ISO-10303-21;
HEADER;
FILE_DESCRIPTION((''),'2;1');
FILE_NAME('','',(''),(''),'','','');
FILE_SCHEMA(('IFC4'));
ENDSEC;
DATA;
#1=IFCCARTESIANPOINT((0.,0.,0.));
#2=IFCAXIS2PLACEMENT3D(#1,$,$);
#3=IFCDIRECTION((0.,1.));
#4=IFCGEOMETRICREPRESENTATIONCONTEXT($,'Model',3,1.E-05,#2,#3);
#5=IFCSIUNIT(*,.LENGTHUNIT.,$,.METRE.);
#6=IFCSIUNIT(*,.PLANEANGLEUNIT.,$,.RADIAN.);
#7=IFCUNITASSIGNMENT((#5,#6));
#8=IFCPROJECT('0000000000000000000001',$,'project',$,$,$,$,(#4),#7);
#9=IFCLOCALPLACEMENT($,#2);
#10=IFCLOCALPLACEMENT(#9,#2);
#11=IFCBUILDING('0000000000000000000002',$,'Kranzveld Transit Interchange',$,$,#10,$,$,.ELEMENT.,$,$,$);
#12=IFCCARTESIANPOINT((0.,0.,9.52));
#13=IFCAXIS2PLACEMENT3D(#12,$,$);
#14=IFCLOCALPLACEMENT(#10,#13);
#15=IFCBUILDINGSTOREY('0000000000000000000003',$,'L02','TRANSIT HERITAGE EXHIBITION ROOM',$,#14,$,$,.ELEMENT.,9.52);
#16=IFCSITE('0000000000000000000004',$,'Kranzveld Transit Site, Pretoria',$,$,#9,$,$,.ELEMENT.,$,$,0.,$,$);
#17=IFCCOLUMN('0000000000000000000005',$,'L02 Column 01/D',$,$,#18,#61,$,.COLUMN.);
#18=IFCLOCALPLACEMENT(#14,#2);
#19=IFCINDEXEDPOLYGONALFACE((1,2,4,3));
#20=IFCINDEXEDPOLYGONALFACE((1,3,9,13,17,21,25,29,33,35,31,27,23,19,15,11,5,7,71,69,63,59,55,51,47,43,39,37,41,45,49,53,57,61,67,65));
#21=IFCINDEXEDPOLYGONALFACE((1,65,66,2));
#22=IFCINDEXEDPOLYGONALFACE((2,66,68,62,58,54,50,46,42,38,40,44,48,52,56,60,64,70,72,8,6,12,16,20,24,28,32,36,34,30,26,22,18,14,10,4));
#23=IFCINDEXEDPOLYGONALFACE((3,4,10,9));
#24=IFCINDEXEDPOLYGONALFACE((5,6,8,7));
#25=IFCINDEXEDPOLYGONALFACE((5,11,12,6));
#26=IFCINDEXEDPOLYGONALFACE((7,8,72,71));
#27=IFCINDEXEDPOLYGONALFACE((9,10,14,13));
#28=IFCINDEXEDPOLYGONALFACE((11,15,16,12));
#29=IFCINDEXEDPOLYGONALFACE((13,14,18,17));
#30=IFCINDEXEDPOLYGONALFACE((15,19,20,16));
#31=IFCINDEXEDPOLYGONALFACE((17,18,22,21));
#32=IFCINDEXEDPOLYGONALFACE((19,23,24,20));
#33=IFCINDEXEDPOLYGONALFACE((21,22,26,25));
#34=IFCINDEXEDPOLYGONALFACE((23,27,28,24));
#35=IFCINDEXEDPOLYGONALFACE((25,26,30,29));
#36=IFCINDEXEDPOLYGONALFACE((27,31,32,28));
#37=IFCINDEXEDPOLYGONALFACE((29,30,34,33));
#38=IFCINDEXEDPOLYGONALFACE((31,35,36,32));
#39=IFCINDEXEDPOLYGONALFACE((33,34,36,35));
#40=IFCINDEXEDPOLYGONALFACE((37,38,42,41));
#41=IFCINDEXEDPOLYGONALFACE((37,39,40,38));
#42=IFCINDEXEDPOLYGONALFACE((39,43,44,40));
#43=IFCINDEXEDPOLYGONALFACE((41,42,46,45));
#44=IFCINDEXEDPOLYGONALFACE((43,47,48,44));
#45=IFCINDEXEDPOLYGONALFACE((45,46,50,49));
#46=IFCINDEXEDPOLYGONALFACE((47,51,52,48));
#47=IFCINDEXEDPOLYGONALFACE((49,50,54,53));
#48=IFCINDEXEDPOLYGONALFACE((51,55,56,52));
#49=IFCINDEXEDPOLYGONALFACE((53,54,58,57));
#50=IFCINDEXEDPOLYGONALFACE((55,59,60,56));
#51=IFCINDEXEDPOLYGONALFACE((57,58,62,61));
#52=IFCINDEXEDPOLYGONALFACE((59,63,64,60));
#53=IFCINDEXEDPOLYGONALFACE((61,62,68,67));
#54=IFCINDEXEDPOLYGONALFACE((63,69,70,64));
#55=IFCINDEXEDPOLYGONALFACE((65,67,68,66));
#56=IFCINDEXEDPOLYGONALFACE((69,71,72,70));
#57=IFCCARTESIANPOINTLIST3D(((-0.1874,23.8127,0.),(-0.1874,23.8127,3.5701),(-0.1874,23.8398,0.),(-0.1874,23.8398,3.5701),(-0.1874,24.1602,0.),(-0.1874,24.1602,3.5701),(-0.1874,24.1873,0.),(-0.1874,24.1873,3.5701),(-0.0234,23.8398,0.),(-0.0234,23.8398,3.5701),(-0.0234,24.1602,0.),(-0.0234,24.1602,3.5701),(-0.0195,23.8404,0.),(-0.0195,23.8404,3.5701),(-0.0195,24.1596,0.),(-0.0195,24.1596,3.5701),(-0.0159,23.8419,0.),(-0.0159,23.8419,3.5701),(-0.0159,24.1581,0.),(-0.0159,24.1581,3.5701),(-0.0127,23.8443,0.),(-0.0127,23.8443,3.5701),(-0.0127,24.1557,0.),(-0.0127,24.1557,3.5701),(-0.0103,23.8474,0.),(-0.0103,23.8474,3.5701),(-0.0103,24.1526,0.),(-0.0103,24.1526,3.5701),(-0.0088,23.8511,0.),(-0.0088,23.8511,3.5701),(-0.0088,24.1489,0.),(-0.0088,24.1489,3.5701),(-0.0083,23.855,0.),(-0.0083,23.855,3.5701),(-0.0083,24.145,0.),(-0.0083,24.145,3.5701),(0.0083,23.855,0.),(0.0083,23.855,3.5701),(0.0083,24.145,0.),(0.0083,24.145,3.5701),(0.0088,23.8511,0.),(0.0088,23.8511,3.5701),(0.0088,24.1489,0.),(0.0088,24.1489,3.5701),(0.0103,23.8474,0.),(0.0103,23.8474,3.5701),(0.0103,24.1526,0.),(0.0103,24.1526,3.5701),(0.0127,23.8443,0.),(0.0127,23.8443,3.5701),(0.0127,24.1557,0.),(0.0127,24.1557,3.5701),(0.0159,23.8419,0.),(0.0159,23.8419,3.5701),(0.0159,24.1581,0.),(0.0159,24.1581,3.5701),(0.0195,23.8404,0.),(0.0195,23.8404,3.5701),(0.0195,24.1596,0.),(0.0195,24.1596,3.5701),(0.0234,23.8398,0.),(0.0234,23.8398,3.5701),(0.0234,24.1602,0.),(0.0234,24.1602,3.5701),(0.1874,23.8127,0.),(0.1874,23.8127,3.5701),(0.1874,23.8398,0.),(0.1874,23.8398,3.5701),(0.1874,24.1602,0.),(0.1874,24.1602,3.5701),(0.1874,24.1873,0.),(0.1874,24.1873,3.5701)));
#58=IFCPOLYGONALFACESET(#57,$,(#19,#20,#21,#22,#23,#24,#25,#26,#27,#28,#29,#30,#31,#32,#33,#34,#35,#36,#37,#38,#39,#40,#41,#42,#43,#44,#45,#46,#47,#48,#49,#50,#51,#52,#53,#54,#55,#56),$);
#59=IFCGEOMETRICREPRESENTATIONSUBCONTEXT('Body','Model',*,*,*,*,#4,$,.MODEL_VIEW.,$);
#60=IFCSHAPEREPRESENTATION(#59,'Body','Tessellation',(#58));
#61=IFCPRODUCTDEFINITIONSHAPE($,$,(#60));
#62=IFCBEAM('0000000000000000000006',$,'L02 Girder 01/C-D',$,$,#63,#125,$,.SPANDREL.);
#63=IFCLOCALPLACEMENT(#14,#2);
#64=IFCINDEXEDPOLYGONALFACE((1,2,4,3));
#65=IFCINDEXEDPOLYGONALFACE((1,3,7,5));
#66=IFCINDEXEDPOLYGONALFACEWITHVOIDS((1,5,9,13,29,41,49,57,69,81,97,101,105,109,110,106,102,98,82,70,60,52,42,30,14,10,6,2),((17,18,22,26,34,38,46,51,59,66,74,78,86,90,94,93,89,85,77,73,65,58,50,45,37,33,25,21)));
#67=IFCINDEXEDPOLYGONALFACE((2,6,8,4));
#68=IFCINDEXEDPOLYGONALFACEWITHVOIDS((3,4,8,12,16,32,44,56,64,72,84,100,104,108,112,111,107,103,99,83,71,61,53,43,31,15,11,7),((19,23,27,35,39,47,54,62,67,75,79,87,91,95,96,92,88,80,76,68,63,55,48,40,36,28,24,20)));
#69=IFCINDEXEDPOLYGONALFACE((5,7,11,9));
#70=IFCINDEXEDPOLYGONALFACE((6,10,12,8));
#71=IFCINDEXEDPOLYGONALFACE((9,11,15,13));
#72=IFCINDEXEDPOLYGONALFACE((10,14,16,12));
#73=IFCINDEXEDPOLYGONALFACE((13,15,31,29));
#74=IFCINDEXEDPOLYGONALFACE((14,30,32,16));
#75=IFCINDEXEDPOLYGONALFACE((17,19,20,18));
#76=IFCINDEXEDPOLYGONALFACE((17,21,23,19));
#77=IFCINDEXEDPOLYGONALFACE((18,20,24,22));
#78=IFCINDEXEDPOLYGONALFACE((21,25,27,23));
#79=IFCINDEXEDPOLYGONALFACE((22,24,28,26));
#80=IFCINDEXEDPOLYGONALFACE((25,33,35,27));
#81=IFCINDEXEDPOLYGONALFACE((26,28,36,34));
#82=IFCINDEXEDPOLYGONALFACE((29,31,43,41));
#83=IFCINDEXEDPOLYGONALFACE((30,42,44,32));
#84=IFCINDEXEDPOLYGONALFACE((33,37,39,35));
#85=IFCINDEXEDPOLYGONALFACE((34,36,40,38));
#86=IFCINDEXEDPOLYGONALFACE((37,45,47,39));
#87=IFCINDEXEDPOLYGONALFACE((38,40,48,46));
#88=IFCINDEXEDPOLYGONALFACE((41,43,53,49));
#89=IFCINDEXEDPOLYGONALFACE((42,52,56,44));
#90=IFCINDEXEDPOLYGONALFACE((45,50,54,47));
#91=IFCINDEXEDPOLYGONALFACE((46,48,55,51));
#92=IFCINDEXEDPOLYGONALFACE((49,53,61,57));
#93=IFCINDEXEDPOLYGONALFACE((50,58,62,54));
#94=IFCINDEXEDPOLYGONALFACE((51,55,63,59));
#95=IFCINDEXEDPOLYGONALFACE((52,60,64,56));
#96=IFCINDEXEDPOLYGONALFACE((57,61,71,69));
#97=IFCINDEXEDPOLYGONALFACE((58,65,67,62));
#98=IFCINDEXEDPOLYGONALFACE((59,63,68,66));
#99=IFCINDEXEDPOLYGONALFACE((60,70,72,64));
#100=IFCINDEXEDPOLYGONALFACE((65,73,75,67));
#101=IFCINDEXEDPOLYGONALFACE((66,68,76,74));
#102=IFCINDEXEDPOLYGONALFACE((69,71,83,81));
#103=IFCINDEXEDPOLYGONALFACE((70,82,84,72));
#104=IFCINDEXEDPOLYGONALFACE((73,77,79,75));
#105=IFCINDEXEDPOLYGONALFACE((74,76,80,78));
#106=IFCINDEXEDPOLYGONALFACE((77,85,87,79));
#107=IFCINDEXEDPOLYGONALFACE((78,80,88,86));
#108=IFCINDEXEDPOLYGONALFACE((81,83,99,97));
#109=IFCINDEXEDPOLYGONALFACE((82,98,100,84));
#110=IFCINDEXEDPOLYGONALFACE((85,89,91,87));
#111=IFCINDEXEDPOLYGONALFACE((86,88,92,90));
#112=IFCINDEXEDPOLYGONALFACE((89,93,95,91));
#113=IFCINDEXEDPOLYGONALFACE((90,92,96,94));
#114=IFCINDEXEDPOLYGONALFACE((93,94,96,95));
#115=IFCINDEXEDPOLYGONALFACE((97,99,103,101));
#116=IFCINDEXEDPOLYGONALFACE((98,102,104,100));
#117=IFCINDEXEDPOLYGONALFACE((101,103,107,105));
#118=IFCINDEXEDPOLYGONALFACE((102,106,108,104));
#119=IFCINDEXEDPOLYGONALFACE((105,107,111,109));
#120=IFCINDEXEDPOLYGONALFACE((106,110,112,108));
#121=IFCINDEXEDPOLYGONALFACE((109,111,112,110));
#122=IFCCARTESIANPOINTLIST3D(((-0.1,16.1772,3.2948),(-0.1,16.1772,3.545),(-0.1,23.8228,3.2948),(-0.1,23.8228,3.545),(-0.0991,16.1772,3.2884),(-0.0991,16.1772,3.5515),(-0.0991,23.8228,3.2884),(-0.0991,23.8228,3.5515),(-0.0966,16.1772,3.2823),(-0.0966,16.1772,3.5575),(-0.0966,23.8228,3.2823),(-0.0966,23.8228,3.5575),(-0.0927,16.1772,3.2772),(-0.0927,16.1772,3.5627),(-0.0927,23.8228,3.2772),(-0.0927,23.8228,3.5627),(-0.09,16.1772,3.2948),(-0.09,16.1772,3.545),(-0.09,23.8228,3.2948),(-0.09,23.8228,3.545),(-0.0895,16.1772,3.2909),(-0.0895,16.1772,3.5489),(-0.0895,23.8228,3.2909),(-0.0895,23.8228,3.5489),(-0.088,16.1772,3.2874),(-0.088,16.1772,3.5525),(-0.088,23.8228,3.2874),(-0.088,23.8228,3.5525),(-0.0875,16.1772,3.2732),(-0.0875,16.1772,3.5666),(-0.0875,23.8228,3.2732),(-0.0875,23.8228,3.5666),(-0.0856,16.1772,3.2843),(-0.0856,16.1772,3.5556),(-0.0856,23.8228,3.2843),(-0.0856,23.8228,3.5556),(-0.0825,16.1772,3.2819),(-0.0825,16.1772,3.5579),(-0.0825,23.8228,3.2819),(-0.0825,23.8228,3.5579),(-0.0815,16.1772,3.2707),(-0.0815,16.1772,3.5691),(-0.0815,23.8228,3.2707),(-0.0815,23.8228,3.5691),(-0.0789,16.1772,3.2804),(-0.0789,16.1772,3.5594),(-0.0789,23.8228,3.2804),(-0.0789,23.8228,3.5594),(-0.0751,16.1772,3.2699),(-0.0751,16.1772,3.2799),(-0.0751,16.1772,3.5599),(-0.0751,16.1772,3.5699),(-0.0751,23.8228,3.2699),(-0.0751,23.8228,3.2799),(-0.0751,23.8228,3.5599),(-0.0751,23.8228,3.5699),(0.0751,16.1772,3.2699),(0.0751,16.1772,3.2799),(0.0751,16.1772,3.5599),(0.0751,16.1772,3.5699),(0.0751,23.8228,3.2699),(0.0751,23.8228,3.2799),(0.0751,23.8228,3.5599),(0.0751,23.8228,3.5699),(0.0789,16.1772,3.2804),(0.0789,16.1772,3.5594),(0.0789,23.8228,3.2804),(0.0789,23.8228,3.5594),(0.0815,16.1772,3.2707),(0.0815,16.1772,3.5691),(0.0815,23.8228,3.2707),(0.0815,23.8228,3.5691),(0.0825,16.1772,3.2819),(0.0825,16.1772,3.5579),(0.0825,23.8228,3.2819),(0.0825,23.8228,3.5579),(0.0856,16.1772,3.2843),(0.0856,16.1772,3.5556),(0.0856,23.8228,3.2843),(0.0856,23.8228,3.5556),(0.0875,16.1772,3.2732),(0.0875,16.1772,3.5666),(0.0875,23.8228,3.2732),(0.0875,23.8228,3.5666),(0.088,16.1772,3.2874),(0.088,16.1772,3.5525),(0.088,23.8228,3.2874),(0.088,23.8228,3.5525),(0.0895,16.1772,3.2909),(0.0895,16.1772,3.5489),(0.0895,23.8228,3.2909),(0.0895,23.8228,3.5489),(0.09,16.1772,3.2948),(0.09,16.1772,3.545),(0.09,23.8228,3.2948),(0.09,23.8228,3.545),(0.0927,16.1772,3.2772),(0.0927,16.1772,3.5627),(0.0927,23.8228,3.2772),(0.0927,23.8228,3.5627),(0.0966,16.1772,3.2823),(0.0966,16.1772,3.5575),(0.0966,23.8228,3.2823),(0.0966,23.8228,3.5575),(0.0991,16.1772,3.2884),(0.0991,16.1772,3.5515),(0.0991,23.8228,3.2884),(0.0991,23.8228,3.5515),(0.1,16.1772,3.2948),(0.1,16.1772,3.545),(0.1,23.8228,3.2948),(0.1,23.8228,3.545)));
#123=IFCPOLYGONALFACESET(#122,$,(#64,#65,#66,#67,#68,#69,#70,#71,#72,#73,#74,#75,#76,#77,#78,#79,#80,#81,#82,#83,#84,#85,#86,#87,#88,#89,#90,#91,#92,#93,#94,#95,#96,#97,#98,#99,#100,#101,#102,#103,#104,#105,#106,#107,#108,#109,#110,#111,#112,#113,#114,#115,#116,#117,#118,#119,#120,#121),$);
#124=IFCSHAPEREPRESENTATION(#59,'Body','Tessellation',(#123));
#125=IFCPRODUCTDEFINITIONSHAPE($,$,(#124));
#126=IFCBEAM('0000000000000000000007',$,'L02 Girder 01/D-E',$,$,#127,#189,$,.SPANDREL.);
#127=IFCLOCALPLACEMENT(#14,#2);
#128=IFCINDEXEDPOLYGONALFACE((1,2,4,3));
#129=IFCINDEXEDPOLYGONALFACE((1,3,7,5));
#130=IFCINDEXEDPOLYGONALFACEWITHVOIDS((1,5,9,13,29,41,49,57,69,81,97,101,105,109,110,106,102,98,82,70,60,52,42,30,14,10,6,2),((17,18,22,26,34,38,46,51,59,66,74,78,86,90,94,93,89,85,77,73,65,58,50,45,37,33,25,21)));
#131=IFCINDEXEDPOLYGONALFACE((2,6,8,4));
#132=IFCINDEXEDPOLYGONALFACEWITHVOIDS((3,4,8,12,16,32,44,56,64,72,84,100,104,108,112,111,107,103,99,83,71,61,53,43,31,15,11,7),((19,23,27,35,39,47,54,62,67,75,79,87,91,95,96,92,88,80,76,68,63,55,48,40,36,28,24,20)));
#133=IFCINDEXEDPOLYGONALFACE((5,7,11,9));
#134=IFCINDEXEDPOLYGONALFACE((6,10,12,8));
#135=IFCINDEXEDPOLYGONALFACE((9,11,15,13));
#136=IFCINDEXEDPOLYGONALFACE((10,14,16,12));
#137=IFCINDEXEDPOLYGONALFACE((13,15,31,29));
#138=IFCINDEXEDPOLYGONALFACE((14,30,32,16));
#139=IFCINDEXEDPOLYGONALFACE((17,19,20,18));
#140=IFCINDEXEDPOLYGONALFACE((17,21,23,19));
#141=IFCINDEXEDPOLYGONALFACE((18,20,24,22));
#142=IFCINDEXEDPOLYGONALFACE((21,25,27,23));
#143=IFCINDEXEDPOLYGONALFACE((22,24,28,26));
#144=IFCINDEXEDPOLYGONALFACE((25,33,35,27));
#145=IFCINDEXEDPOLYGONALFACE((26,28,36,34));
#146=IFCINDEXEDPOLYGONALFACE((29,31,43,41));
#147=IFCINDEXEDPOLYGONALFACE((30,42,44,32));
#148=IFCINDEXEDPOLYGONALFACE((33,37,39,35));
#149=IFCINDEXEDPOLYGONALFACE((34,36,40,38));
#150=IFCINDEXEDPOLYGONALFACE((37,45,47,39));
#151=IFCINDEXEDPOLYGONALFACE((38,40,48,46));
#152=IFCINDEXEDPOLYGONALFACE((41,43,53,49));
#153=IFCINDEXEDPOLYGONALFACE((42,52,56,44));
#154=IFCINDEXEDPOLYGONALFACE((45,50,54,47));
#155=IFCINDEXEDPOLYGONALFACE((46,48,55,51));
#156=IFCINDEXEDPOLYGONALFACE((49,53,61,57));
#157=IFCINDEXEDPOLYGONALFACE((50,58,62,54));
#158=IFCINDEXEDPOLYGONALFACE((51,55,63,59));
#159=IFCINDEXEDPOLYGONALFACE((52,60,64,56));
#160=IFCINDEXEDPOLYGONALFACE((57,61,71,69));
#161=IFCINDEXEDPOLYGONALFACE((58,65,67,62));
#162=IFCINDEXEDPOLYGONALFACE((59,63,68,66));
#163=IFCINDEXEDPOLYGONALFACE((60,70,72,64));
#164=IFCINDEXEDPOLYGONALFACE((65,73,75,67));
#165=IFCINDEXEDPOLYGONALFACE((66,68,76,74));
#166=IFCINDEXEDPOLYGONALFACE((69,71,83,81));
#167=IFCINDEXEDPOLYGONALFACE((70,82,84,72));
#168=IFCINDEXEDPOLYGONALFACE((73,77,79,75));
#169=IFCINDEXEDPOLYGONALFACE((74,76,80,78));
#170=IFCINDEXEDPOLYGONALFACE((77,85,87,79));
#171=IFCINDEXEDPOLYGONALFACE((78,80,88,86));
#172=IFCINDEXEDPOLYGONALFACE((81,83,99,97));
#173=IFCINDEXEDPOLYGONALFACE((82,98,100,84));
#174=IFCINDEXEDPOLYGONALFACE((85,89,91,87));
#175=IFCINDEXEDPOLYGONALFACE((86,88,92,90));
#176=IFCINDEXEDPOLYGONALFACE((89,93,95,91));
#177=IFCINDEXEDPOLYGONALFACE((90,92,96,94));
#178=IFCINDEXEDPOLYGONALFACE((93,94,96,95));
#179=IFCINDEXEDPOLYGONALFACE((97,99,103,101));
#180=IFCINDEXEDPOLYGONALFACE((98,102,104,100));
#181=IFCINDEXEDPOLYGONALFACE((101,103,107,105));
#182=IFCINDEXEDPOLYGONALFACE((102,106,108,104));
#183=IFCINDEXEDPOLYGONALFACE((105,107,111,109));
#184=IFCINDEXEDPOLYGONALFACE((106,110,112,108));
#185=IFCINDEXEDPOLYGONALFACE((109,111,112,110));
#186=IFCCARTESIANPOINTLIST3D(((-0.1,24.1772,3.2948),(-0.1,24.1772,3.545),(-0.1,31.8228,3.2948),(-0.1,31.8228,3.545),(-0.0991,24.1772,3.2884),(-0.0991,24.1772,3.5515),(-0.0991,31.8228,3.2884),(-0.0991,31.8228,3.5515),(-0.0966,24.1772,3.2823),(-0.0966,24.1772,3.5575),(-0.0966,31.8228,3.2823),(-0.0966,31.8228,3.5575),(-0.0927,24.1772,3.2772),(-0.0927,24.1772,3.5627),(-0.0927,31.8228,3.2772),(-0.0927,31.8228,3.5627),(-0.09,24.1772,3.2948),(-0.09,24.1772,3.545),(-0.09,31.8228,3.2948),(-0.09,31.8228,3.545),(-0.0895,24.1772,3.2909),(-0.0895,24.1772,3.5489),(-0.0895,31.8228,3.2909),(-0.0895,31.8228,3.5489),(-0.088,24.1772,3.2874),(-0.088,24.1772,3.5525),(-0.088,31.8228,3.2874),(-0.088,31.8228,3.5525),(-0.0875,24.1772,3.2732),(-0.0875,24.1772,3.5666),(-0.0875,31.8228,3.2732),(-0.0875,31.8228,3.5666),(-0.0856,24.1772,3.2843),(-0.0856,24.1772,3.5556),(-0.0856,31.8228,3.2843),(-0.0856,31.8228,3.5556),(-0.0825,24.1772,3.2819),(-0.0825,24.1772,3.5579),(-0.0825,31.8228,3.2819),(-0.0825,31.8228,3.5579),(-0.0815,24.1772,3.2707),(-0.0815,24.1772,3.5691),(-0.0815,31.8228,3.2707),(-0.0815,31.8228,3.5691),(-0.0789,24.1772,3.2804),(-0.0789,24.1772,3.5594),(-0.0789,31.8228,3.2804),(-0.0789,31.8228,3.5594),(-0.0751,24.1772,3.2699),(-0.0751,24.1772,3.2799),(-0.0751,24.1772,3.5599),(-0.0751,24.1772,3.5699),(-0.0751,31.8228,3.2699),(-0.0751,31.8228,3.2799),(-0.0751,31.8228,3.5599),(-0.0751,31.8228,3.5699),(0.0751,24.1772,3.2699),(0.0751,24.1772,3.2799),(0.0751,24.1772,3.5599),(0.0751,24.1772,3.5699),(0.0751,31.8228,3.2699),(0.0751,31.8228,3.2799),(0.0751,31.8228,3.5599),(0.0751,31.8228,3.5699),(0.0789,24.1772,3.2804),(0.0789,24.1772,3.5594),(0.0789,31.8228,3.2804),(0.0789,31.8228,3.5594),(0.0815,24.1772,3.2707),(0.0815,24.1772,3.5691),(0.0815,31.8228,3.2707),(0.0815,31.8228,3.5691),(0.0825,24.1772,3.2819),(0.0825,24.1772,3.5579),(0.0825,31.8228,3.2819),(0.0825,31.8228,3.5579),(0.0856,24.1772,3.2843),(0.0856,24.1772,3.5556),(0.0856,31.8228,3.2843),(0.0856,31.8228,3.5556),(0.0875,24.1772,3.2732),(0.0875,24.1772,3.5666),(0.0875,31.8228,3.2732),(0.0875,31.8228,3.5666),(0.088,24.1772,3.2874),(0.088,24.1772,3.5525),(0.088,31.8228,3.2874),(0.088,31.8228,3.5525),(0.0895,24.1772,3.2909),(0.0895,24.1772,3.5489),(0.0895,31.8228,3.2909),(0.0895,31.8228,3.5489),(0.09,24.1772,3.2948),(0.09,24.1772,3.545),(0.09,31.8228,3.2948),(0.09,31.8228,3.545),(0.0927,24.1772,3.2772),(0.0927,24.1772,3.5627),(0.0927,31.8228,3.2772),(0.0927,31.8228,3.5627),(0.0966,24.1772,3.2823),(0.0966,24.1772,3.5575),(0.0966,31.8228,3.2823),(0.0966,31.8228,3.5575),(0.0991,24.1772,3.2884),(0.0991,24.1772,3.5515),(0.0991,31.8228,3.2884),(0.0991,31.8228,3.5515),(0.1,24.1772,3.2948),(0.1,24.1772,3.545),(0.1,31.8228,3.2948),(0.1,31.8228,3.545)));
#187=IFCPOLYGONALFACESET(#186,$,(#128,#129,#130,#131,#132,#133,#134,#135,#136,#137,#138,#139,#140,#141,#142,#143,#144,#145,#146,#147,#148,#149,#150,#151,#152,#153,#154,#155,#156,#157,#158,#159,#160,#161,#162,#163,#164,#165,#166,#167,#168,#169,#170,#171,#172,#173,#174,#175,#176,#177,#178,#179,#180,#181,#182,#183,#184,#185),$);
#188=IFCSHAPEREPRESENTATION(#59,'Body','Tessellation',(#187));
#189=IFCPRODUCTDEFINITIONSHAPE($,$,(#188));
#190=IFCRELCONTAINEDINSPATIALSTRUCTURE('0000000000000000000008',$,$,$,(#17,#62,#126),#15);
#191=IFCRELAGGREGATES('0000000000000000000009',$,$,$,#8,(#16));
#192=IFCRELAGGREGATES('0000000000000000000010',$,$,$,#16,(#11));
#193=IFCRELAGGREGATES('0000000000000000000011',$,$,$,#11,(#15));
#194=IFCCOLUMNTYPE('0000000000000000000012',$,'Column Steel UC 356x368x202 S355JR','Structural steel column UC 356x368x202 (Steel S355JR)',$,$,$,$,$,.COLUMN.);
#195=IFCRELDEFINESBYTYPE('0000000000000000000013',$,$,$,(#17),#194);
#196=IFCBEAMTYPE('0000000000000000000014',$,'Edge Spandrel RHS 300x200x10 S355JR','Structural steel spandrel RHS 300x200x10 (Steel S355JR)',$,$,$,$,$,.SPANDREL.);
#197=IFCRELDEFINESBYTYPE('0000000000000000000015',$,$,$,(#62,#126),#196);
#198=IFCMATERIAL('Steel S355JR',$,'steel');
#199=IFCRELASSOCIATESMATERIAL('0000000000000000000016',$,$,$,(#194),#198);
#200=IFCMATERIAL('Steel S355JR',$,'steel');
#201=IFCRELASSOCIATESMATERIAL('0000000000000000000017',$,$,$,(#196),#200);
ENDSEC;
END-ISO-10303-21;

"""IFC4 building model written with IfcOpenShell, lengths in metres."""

from ifc_helpers import new_model, si_unit, direction, frame, origin, origin_2d, place, context, subcontext, project, spatial, hollow_rectangle, i_section, extrude, material, material_profile, profile_set, type_object, element, save


model = new_model("IFC4")

# Units and contexts
model_context = context("Model", 3, precision=1e-05, world=origin(), true_north=direction((0.0, 1.0)))
body_context = subcontext(model_context, "Body", "Model", "MODEL_VIEW")
ifc_project = project(units=[si_unit("LENGTHUNIT", "METRE"), si_unit("PLANEANGLEUNIT", "RADIAN")], contexts=[model_context])

# Site, building, storey
site_placement = place(None, origin())
site = spatial("IfcSite", under=ifc_project, at=site_placement, Name="Kranzveld Transit Site, Pretoria", CompositionType="ELEMENT", RefElevation=0.0)
building_placement = place(site_placement, origin())
building = spatial("IfcBuilding", under=site, at=building_placement, Name="Kranzveld Transit Interchange", CompositionType="ELEMENT")
storey_placement = place(building_placement, frame((0.0, 0.0, 9.52)))
storey = spatial("IfcBuildingStorey", under=building, at=storey_placement, Name="L02", Description="TRANSIT HERITAGE EXHIBITION ROOM", CompositionType="ELEMENT", Elevation=9.52)

# Column
ifc_material_1 = material(Name="Steel S355JR", Category="steel")
ifc_material_profile_1 = material_profile(ifc_material_1, i_section(OverallWidth=0.3748, OverallDepth=0.3745, WebThickness=0.0166, FlangeThickness=0.0271, FilletRadius=0.0151, at=origin_2d()), Name="UC 356x368x202")
ifc_profile_set_1 = profile_set([ifc_material_profile_1], Name="Steel S355JR")
column_type = type_object("IfcColumnType", Name="Column Steel UC 356x368x202 S355JR", Description="Structural steel column UC 356x368x202 (Steel S355JR)", PredefinedType="COLUMN", material=ifc_profile_set_1)
column_placement = place(storey_placement, frame((0.0, 24.0, 0.0), z_axis=(0.0, 0.0, 1.0), x_axis=(1.0, 0.0, 0.0)))
element("IfcColumn", 1, at=column_placement, inside=storey, type_object=column_type, Name="L02 Column 01/D", PredefinedType="COLUMN", context=body_context, shape_type="SweptSolid", body=[
    extrude(i_section(OverallWidth=0.3748, OverallDepth=0.3745, WebThickness=0.0166, FlangeThickness=0.0271, FilletRadius=0.0151, at=origin_2d()), origin(), (0.0, 0.0, 1.0), 3.5701),
])

# Beams
ifc_material_2 = material(Name="Steel S355JR", Category="steel")
ifc_material_profile_2 = material_profile(ifc_material_2, hollow_rectangle(XDim=0.2, YDim=0.3, WallThickness=0.01, InnerFilletRadius=0.0149, OuterFilletRadius=0.0249, at=origin_2d()), Name="RHS 300x200x10")
ifc_profile_set_2 = profile_set([ifc_material_profile_2], Name="Steel S355JR")
beam_type_1 = type_object("IfcBeamType", Name="Edge Spandrel RHS 300x200x10 S355JR", Description="Structural steel spandrel RHS 300x200x10 (Steel S355JR)", PredefinedType="SPANDREL", material=ifc_profile_set_2)
for number, where, z_axis, x_axis, name in (
    (2, (0.0, 16.1772, 3.4199), (0.0, 1.0, 0.0), (-1.0, 0.0, 0.0), "L02 Girder 01/C-D"),
    (3, (0.0, 24.1772, 3.4199), (0.0, 1.0, 0.0), (-1.0, 0.0, 0.0), "L02 Girder 01/D-E"),
):
    element("IfcBeam", number, at=place(storey_placement, frame(where, z_axis=z_axis, x_axis=x_axis)), inside=storey, type_object=beam_type_1, Name=name, PredefinedType="SPANDREL", context=body_context, shape_type="SweptSolid", body=[
        extrude(hollow_rectangle(XDim=0.2, YDim=0.3, WallThickness=0.01, InnerFilletRadius=0.0149, OuterFilletRadius=0.0249, at=origin_2d()), origin(), (0.0, 0.0, 1.0), 7.6455),
    ])

save(model, "model.ifc")
